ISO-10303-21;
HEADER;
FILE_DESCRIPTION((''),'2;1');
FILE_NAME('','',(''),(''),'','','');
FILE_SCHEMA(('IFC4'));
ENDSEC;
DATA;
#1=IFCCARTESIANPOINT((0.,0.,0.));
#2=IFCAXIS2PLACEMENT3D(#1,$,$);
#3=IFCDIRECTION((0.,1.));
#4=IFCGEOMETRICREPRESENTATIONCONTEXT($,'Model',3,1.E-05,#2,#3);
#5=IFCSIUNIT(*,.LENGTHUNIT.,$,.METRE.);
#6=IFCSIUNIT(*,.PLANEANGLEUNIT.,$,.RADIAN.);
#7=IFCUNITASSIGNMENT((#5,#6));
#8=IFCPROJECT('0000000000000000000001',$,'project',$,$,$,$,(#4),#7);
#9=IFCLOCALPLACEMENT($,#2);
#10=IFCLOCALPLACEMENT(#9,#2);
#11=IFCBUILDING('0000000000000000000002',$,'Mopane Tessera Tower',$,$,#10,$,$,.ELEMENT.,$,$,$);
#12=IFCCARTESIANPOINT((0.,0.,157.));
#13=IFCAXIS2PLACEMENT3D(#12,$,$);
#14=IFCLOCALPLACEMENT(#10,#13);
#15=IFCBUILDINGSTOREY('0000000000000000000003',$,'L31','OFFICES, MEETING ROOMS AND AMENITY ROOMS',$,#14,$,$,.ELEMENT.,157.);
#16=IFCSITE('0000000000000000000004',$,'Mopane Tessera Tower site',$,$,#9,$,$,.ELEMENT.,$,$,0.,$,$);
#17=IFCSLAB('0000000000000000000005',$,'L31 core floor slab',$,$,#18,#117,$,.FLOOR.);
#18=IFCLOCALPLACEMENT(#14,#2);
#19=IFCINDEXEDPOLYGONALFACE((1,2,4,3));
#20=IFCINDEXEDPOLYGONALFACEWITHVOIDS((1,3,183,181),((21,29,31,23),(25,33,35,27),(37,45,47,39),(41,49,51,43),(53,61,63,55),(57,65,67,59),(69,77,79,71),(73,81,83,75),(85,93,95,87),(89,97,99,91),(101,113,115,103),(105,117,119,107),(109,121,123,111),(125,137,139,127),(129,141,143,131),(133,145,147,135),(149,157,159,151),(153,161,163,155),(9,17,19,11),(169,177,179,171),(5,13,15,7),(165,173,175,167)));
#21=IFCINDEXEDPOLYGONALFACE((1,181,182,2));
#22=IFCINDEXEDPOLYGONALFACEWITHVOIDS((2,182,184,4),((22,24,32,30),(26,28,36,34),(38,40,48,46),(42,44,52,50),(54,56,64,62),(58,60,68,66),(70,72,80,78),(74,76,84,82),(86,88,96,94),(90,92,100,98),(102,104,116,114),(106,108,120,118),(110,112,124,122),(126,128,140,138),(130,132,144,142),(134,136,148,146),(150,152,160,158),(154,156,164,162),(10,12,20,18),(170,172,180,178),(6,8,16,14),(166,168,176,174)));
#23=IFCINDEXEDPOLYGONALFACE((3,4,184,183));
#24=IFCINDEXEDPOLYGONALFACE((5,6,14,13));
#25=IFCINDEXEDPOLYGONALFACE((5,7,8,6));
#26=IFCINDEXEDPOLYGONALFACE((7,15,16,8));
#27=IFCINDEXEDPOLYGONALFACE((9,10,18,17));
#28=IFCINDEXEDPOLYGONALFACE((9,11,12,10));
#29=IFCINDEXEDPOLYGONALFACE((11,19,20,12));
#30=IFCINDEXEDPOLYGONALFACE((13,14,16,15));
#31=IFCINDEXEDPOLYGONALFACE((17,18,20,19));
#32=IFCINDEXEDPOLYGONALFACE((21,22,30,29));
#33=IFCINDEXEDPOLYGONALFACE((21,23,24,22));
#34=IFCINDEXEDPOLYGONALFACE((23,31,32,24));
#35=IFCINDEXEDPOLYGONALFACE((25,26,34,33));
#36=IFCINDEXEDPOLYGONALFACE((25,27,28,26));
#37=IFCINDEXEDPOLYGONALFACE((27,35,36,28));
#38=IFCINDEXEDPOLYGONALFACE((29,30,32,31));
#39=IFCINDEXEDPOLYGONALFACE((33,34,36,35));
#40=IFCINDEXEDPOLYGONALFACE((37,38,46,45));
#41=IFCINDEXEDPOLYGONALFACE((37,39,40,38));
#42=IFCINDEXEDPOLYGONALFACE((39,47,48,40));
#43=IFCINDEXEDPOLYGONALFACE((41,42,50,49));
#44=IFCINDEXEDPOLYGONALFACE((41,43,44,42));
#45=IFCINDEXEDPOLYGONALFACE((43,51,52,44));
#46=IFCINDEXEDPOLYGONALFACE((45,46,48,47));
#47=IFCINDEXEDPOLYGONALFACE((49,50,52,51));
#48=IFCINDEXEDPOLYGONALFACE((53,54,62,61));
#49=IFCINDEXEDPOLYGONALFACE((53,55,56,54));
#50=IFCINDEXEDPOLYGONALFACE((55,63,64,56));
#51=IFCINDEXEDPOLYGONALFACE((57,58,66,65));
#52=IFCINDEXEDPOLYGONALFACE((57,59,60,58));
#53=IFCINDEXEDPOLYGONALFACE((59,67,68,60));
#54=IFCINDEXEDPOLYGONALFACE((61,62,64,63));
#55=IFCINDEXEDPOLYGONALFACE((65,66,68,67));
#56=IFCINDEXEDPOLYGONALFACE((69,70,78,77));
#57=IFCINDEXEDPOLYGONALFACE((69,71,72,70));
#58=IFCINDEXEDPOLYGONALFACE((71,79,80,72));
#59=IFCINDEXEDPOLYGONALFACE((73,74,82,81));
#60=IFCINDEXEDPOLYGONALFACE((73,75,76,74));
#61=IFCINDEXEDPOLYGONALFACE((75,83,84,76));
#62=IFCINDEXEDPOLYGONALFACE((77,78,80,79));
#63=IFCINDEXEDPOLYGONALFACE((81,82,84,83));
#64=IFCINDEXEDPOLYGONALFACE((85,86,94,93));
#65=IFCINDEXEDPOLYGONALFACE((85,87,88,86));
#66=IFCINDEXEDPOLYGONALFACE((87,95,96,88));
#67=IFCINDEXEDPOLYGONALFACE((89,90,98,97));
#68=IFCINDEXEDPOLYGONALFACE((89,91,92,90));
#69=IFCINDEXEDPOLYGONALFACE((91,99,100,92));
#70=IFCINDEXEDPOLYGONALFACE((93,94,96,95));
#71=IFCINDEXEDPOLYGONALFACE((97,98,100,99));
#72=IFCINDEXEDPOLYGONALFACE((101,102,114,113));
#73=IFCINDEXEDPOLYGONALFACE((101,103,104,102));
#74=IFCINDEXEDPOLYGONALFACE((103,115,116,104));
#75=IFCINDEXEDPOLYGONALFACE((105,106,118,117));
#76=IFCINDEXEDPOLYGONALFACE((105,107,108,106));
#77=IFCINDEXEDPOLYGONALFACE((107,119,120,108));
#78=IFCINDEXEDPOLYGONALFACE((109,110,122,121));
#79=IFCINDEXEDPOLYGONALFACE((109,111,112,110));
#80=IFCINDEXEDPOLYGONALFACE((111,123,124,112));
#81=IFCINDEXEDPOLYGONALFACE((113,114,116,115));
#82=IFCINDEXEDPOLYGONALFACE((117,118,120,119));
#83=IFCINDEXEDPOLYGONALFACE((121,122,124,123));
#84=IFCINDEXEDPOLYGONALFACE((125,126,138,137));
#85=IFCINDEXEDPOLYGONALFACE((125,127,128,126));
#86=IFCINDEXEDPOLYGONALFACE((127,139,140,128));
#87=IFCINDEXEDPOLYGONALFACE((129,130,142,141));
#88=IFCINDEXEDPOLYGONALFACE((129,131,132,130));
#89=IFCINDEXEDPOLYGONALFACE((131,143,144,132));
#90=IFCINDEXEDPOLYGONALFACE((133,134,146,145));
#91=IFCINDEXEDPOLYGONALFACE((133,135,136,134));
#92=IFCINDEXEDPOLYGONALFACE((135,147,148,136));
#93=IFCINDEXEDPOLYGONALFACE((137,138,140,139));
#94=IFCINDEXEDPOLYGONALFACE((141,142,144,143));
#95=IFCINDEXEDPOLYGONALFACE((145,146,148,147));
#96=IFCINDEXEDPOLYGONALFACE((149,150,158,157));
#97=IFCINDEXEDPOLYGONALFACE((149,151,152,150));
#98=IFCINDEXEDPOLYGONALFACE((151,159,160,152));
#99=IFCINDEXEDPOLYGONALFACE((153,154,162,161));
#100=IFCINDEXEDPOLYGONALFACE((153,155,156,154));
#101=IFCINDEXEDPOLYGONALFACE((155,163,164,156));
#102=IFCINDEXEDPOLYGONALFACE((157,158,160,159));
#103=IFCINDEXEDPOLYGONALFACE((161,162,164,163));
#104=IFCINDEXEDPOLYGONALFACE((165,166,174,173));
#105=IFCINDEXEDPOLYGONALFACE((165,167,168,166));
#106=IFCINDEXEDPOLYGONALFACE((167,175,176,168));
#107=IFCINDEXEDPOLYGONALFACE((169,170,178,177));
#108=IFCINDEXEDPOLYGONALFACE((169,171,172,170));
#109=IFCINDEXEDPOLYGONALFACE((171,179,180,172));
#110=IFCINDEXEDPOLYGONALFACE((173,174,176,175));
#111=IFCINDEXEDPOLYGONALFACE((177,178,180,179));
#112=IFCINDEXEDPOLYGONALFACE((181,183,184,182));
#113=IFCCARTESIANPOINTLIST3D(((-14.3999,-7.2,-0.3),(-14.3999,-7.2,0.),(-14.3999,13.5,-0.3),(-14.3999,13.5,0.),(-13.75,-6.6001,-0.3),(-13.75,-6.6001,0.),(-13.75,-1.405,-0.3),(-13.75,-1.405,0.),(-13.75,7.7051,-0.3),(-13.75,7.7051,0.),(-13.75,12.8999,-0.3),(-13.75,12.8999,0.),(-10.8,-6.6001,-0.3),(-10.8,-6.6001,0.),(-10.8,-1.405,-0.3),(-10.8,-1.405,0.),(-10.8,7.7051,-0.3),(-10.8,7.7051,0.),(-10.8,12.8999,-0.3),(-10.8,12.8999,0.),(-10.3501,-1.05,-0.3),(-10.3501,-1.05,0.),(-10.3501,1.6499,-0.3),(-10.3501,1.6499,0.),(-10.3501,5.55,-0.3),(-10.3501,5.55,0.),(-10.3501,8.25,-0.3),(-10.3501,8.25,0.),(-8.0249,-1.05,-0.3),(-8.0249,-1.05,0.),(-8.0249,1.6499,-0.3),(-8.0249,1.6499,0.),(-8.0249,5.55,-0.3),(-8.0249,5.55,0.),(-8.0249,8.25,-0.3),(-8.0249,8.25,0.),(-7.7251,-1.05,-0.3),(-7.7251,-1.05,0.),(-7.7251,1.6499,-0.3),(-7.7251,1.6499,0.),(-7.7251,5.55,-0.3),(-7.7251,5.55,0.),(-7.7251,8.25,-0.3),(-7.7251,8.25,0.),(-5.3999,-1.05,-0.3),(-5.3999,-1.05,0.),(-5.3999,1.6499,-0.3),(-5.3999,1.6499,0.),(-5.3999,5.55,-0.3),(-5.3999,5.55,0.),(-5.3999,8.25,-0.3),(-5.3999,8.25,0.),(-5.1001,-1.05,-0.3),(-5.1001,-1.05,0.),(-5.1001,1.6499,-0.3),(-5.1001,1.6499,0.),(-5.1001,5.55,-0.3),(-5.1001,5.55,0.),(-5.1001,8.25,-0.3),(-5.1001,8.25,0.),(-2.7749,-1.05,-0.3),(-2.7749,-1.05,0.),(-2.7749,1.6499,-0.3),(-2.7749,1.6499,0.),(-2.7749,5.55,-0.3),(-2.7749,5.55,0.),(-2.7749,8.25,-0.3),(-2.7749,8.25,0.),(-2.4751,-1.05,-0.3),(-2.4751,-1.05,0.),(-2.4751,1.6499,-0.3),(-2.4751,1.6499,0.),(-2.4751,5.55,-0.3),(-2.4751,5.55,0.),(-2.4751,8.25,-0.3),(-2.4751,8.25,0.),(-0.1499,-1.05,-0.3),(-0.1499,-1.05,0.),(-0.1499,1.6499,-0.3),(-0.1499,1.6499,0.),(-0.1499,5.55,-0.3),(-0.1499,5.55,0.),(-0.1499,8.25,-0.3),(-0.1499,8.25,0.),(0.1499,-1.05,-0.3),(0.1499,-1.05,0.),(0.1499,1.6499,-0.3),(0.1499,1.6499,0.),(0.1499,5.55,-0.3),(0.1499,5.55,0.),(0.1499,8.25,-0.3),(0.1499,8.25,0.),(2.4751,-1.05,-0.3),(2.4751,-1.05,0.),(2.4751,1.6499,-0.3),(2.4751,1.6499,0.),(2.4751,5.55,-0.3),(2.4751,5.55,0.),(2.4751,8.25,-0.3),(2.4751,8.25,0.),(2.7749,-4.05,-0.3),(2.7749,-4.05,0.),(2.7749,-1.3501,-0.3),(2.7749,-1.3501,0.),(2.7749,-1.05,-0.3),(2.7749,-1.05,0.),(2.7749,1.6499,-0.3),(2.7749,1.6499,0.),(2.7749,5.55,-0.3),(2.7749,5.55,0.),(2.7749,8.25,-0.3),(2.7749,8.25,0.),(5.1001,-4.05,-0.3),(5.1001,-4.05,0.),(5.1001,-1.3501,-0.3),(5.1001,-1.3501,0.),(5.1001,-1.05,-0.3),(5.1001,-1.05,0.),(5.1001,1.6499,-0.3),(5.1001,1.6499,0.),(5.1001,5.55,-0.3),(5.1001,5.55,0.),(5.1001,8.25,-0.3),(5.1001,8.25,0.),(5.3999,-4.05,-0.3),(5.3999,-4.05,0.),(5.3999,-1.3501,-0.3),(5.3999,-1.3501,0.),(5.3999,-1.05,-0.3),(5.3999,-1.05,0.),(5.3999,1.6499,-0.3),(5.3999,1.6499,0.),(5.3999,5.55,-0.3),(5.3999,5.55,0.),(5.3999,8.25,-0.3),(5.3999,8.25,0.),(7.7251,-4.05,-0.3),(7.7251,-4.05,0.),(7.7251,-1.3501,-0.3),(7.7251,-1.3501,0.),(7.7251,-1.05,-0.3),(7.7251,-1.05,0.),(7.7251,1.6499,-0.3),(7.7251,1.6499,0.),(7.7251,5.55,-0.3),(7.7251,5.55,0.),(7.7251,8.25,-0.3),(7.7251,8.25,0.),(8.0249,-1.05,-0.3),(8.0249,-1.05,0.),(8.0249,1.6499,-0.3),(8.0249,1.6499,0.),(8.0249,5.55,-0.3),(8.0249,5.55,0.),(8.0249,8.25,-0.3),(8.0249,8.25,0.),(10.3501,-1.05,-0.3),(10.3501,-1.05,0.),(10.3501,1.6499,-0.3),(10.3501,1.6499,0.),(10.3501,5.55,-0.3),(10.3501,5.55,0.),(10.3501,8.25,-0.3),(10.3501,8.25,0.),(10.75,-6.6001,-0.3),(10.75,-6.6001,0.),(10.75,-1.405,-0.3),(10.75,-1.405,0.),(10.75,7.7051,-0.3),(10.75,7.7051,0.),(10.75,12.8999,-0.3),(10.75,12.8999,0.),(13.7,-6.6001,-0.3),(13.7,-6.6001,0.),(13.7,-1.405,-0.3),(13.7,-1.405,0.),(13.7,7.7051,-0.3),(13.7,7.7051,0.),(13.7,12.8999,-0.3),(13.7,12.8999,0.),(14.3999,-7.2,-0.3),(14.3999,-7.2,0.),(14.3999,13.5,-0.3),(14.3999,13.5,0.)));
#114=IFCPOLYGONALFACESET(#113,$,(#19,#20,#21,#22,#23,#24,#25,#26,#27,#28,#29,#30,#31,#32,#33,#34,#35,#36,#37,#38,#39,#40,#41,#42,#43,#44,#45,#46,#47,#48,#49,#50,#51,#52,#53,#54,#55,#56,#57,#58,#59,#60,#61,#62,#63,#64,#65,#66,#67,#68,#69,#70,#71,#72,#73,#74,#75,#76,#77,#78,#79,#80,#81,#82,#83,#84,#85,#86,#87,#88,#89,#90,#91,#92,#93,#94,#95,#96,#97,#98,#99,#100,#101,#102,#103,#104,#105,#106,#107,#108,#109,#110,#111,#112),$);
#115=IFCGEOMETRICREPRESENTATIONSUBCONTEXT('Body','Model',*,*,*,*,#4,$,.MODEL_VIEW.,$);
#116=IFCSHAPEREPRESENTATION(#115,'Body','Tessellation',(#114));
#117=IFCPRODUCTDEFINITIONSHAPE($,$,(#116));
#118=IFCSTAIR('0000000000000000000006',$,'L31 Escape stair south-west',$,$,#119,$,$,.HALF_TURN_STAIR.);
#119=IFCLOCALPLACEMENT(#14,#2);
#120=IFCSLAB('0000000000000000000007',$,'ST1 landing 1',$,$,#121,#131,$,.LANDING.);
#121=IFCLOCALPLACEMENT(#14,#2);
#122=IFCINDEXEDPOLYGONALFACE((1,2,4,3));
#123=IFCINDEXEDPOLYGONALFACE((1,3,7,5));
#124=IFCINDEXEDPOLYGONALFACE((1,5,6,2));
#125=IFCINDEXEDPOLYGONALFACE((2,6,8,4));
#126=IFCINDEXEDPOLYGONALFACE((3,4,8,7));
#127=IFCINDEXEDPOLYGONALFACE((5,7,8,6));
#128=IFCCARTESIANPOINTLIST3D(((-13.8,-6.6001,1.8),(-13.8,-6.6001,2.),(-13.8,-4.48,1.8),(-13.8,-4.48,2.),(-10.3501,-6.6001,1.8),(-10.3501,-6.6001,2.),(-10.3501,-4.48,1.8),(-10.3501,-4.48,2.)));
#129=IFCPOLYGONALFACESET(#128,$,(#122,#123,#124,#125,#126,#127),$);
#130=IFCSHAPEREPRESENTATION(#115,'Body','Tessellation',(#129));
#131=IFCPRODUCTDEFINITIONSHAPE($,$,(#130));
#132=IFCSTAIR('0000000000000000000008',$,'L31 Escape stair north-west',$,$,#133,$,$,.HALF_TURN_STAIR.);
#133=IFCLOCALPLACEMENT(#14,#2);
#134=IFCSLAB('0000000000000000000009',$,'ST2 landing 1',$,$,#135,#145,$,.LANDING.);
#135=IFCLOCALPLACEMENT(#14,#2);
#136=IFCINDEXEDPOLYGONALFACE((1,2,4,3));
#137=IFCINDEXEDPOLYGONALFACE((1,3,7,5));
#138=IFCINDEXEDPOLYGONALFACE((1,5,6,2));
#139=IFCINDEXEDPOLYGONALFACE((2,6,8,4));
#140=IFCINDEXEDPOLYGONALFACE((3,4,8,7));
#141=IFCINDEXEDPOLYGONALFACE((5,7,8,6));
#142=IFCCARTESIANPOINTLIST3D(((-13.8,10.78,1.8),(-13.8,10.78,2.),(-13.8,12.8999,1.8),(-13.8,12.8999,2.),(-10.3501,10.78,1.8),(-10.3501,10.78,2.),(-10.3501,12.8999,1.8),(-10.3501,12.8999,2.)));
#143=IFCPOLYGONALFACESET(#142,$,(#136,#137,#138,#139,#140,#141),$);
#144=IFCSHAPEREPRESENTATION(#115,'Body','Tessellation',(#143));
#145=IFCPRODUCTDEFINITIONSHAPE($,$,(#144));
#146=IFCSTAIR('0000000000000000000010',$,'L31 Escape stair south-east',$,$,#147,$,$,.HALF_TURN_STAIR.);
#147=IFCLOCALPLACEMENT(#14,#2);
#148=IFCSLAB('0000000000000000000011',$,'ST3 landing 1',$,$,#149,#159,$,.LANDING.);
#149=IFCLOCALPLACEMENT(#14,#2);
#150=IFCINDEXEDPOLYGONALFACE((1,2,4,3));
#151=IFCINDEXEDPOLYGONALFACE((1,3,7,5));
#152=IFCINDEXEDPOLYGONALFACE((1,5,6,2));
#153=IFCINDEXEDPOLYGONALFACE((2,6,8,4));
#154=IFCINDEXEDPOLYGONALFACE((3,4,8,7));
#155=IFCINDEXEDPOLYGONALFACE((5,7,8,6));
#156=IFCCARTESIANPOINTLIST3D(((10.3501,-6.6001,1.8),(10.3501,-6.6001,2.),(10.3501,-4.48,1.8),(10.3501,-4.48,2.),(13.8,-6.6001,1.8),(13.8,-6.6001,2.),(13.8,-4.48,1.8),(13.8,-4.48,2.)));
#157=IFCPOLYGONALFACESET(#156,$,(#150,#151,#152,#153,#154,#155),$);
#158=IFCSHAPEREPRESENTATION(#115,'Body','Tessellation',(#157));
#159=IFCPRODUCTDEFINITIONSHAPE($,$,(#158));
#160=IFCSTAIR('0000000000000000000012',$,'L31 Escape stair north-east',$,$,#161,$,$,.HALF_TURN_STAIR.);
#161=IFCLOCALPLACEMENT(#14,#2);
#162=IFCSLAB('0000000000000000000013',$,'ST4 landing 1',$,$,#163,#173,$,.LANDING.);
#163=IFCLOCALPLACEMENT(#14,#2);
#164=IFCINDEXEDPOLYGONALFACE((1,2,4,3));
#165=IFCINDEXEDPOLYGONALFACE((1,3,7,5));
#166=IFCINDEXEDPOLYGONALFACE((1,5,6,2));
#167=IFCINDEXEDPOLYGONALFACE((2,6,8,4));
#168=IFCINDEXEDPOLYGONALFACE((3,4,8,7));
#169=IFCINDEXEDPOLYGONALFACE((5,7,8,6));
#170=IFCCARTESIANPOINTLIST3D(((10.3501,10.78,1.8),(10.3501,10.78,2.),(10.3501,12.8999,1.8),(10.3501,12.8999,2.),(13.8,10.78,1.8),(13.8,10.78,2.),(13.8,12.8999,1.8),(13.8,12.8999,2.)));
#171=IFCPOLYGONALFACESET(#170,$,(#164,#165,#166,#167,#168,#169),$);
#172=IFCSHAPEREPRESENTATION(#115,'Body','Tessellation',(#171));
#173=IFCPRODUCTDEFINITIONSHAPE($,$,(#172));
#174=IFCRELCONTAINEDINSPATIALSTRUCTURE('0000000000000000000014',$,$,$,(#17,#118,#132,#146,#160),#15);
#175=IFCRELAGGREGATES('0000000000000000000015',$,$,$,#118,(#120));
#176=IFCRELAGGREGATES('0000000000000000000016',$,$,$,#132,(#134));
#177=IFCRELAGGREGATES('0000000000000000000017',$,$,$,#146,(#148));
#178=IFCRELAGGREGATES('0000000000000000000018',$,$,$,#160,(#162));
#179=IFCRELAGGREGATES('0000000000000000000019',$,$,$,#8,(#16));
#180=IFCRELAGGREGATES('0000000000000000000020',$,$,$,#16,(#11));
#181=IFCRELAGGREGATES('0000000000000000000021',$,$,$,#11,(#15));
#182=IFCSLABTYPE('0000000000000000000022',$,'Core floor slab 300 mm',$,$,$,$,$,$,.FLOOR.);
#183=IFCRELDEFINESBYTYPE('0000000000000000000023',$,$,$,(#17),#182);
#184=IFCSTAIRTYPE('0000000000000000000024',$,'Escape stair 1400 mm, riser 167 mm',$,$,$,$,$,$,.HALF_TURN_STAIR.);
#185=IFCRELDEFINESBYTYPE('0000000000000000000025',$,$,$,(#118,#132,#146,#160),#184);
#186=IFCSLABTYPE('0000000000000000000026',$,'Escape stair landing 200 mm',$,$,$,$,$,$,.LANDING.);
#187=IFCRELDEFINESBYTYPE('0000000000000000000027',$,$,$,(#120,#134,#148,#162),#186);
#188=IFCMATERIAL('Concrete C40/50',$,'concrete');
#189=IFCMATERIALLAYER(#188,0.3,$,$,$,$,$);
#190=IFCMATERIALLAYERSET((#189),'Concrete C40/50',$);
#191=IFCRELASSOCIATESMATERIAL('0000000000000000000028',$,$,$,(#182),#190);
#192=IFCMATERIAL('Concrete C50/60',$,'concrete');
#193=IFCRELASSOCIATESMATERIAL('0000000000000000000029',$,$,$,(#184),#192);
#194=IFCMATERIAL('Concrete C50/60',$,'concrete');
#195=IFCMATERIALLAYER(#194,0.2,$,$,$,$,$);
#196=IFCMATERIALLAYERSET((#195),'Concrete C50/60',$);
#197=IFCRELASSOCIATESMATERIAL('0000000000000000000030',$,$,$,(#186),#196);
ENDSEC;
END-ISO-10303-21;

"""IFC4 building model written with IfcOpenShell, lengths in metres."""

from ifc_helpers import new_model, si_unit, direction, frame, origin, place, context, subcontext, project, spatial, polyline, outline, extrude, material, layer, layer_set, type_object, element, aggregate, save


model = new_model("IFC4")

# Units and contexts
model_context = context("Model", 3, precision=1e-05, world=origin(), true_north=direction((0.0, 1.0)))
body_context = subcontext(model_context, "Body", "Model", "MODEL_VIEW")
ifc_project = project(units=[si_unit("LENGTHUNIT", "METRE"), si_unit("PLANEANGLEUNIT", "RADIAN")], contexts=[model_context])

# Site, building, storey
site_placement = place(None, origin())
site = spatial("IfcSite", under=ifc_project, at=site_placement, Name="Mopane Tessera Tower site", CompositionType="ELEMENT", RefElevation=0.0)
building_placement = place(site_placement, origin())
building = spatial("IfcBuilding", under=site, at=building_placement, Name="Mopane Tessera Tower", CompositionType="ELEMENT")
storey_placement = place(building_placement, frame((0.0, 0.0, 157.0)))
storey = spatial("IfcBuildingStorey", under=building, at=storey_placement, Name="L31", Description="OFFICES, MEETING ROOMS AND AMENITY ROOMS", CompositionType="ELEMENT", Elevation=157.0)

# Slab
ifc_material_1 = material(Name="Concrete C40/50", Category="concrete")
ifc_layer_1 = layer(ifc_material_1, 0.3)
ifc_layer_set_1 = layer_set([ifc_layer_1], Name="Concrete C40/50")
slab_type_1 = type_object("IfcSlabType", Name="Core floor slab 300 mm", PredefinedType="FLOOR", material=ifc_layer_set_1)
slab_1_placement = place(storey_placement, frame((0.0, 0.0, -0.3)))
element("IfcSlab", 1, at=slab_1_placement, inside=storey, type_object=slab_type_1, Name="L31 core floor slab", PredefinedType="FLOOR", context=body_context, shape_type="SweptSolid", body=[
    extrude(outline(polyline([(-14.3999, -7.2), (14.3999, -7.2), (14.3999, 13.5), (-14.3999, 13.5), (-14.3999, -7.2)]), holes=[polyline([(-10.3501, -1.05), (-8.0249, -1.05), (-8.0249, 1.6499), (-10.3501, 1.6499), (-10.3501, -1.05)]), polyline([(-7.7251, -1.05), (-5.3999, -1.05), (-5.3999, 1.6499), (-7.7251, 1.6499), (-7.7251, -1.05)]), polyline([(-5.1001, -1.05), (-2.7749, -1.05), (-2.7749, 1.6499), (-5.1001, 1.6499), (-5.1001, -1.05)]), polyline([(-2.4751, -1.05), (-0.1499, -1.05), (-0.1499, 1.6499), (-2.4751, 1.6499), (-2.4751, -1.05)]), polyline([(0.1499, -1.05), (2.4751, -1.05), (2.4751, 1.6499), (0.1499, 1.6499), (0.1499, -1.05)]), polyline([(2.7749, -1.05), (5.1001, -1.05), (5.1001, 1.6499), (2.7749, 1.6499), (2.7749, -1.05)]), polyline([(5.3999, -1.05), (7.7251, -1.05), (7.7251, 1.6499), (5.3999, 1.6499), (5.3999, -1.05)]), polyline([(8.0249, -1.05), (10.3501, -1.05), (10.3501, 1.6499), (8.0249, 1.6499), (8.0249, -1.05)]), polyline([(-10.3501, 5.55), (-8.0249, 5.55), (-8.0249, 8.25), (-10.3501, 8.25), (-10.3501, 5.55)]), polyline([(-7.7251, 5.55), (-5.3999, 5.55), (-5.3999, 8.25), (-7.7251, 8.25), (-7.7251, 5.55)]), polyline([(-5.1001, 5.55), (-2.7749, 5.55), (-2.7749, 8.25), (-5.1001, 8.25), (-5.1001, 5.55)]), polyline([(-2.4751, 5.55), (-0.1499, 5.55), (-0.1499, 8.25), (-2.4751, 8.25), (-2.4751, 5.55)]), polyline([(0.1499, 5.55), (2.4751, 5.55), (2.4751, 8.25), (0.1499, 8.25), (0.1499, 5.55)]), polyline([(2.7749, 5.55), (5.1001, 5.55), (5.1001, 8.25), (2.7749, 8.25), (2.7749, 5.55)]), polyline([(5.3999, 5.55), (7.7251, 5.55), (7.7251, 8.25), (5.3999, 8.25), (5.3999, 5.55)]), polyline([(8.0249, 5.55), (10.3501, 5.55), (10.3501, 8.25), (8.0249, 8.25), (8.0249, 5.55)]), polyline([(2.7749, -4.05), (5.1001, -4.05), (5.1001, -1.3501), (2.7749, -1.3501), (2.7749, -4.05)]), polyline([(5.3999, -4.05), (7.7251, -4.05), (7.7251, -1.3501), (5.3999, -1.3501), (5.3999, -4.05)]), polyline([(-13.75, -1.405), (-13.75, -6.6001), (-10.8, -6.6001), (-10.8, -1.405), (-13.75, -1.405)]), polyline([(-10.8, 7.7051), (-10.8, 12.8999), (-13.75, 12.8999), (-13.75, 7.7051), (-10.8, 7.7051)]), polyline([(10.75, -1.405), (10.75, -6.6001), (13.7, -6.6001), (13.7, -1.405), (10.75, -1.405)]), polyline([(13.7, 7.7051), (13.7, 12.8999), (10.75, 12.8999), (10.75, 7.7051), (13.7, 7.7051)])]), origin(), (0.0, 0.0, 1.0), 0.3),
])

# Stairs, slabs
ifc_material_2 = material(Name="Concrete C50/60", Category="concrete")
stair_type = type_object("IfcStairType", Name="Escape stair 1400 mm, riser 167 mm", PredefinedType="HALF_TURN_STAIR", material=ifc_material_2)
stair_1_placement = place(storey_placement, origin())
stair_1 = element("IfcStair", 2, at=stair_1_placement, inside=storey, type_object=stair_type, Name="L31 Escape stair south-west", PredefinedType="HALF_TURN_STAIR")
ifc_material_3 = material(Name="Concrete C50/60", Category="concrete")
ifc_layer_2 = layer(ifc_material_3, 0.2)
ifc_layer_set_2 = layer_set([ifc_layer_2], Name="Concrete C50/60")
slab_type_2 = type_object("IfcSlabType", Name="Escape stair landing 200 mm", PredefinedType="LANDING", material=ifc_layer_set_2)
slab_2_placement = place(storey_placement, frame((0.0, 0.0, 1.8)))
slab_2 = element("IfcSlab", 3, at=slab_2_placement, type_object=slab_type_2, Name="ST1 landing 1", PredefinedType="LANDING", context=body_context, shape_type="SweptSolid", body=[
    extrude(outline(polyline([(-13.8, -4.48), (-13.8, -6.6001), (-10.3501, -6.6001), (-10.3501, -4.48), (-13.8, -4.48)])), origin(), (0.0, 0.0, 1.0), 0.2),
])
aggregate(stair_1, [slab_2])
stair_2_placement = place(storey_placement, origin())
stair_2 = element("IfcStair", 4, at=stair_2_placement, inside=storey, type_object=stair_type, Name="L31 Escape stair north-west", PredefinedType="HALF_TURN_STAIR")
slab_3_placement = place(storey_placement, frame((0.0, 0.0, 1.8)))
slab_3 = element("IfcSlab", 5, at=slab_3_placement, type_object=slab_type_2, Name="ST2 landing 1", PredefinedType="LANDING", context=body_context, shape_type="SweptSolid", body=[
    extrude(outline(polyline([(-10.3501, 10.78), (-10.3501, 12.8999), (-13.8, 12.8999), (-13.8, 10.78), (-10.3501, 10.78)])), origin(), (0.0, 0.0, 1.0), 0.2),
])
aggregate(stair_2, [slab_3])
stair_3_placement = place(storey_placement, origin())
stair_3 = element("IfcStair", 6, at=stair_3_placement, inside=storey, type_object=stair_type, Name="L31 Escape stair south-east", PredefinedType="HALF_TURN_STAIR")
slab_4_placement = place(storey_placement, frame((0.0, 0.0, 1.8)))
slab_4 = element("IfcSlab", 7, at=slab_4_placement, type_object=slab_type_2, Name="ST3 landing 1", PredefinedType="LANDING", context=body_context, shape_type="SweptSolid", body=[
    extrude(outline(polyline([(10.3501, -4.48), (10.3501, -6.6001), (13.8, -6.6001), (13.8, -4.48), (10.3501, -4.48)])), origin(), (0.0, 0.0, 1.0), 0.2),
])
aggregate(stair_3, [slab_4])
stair_4_placement = place(storey_placement, origin())
stair_4 = element("IfcStair", 8, at=stair_4_placement, inside=storey, type_object=stair_type, Name="L31 Escape stair north-east", PredefinedType="HALF_TURN_STAIR")
slab_5_placement = place(storey_placement, frame((0.0, 0.0, 1.8)))
slab_5 = element("IfcSlab", 9, at=slab_5_placement, type_object=slab_type_2, Name="ST4 landing 1", PredefinedType="LANDING", context=body_context, shape_type="SweptSolid", body=[
    extrude(outline(polyline([(13.8, 10.78), (13.8, 12.8999), (10.3501, 12.8999), (10.3501, 10.78), (13.8, 10.78)])), origin(), (0.0, 0.0, 1.0), 0.2),
])
aggregate(stair_4, [slab_5])

save(model, "model.ifc")
